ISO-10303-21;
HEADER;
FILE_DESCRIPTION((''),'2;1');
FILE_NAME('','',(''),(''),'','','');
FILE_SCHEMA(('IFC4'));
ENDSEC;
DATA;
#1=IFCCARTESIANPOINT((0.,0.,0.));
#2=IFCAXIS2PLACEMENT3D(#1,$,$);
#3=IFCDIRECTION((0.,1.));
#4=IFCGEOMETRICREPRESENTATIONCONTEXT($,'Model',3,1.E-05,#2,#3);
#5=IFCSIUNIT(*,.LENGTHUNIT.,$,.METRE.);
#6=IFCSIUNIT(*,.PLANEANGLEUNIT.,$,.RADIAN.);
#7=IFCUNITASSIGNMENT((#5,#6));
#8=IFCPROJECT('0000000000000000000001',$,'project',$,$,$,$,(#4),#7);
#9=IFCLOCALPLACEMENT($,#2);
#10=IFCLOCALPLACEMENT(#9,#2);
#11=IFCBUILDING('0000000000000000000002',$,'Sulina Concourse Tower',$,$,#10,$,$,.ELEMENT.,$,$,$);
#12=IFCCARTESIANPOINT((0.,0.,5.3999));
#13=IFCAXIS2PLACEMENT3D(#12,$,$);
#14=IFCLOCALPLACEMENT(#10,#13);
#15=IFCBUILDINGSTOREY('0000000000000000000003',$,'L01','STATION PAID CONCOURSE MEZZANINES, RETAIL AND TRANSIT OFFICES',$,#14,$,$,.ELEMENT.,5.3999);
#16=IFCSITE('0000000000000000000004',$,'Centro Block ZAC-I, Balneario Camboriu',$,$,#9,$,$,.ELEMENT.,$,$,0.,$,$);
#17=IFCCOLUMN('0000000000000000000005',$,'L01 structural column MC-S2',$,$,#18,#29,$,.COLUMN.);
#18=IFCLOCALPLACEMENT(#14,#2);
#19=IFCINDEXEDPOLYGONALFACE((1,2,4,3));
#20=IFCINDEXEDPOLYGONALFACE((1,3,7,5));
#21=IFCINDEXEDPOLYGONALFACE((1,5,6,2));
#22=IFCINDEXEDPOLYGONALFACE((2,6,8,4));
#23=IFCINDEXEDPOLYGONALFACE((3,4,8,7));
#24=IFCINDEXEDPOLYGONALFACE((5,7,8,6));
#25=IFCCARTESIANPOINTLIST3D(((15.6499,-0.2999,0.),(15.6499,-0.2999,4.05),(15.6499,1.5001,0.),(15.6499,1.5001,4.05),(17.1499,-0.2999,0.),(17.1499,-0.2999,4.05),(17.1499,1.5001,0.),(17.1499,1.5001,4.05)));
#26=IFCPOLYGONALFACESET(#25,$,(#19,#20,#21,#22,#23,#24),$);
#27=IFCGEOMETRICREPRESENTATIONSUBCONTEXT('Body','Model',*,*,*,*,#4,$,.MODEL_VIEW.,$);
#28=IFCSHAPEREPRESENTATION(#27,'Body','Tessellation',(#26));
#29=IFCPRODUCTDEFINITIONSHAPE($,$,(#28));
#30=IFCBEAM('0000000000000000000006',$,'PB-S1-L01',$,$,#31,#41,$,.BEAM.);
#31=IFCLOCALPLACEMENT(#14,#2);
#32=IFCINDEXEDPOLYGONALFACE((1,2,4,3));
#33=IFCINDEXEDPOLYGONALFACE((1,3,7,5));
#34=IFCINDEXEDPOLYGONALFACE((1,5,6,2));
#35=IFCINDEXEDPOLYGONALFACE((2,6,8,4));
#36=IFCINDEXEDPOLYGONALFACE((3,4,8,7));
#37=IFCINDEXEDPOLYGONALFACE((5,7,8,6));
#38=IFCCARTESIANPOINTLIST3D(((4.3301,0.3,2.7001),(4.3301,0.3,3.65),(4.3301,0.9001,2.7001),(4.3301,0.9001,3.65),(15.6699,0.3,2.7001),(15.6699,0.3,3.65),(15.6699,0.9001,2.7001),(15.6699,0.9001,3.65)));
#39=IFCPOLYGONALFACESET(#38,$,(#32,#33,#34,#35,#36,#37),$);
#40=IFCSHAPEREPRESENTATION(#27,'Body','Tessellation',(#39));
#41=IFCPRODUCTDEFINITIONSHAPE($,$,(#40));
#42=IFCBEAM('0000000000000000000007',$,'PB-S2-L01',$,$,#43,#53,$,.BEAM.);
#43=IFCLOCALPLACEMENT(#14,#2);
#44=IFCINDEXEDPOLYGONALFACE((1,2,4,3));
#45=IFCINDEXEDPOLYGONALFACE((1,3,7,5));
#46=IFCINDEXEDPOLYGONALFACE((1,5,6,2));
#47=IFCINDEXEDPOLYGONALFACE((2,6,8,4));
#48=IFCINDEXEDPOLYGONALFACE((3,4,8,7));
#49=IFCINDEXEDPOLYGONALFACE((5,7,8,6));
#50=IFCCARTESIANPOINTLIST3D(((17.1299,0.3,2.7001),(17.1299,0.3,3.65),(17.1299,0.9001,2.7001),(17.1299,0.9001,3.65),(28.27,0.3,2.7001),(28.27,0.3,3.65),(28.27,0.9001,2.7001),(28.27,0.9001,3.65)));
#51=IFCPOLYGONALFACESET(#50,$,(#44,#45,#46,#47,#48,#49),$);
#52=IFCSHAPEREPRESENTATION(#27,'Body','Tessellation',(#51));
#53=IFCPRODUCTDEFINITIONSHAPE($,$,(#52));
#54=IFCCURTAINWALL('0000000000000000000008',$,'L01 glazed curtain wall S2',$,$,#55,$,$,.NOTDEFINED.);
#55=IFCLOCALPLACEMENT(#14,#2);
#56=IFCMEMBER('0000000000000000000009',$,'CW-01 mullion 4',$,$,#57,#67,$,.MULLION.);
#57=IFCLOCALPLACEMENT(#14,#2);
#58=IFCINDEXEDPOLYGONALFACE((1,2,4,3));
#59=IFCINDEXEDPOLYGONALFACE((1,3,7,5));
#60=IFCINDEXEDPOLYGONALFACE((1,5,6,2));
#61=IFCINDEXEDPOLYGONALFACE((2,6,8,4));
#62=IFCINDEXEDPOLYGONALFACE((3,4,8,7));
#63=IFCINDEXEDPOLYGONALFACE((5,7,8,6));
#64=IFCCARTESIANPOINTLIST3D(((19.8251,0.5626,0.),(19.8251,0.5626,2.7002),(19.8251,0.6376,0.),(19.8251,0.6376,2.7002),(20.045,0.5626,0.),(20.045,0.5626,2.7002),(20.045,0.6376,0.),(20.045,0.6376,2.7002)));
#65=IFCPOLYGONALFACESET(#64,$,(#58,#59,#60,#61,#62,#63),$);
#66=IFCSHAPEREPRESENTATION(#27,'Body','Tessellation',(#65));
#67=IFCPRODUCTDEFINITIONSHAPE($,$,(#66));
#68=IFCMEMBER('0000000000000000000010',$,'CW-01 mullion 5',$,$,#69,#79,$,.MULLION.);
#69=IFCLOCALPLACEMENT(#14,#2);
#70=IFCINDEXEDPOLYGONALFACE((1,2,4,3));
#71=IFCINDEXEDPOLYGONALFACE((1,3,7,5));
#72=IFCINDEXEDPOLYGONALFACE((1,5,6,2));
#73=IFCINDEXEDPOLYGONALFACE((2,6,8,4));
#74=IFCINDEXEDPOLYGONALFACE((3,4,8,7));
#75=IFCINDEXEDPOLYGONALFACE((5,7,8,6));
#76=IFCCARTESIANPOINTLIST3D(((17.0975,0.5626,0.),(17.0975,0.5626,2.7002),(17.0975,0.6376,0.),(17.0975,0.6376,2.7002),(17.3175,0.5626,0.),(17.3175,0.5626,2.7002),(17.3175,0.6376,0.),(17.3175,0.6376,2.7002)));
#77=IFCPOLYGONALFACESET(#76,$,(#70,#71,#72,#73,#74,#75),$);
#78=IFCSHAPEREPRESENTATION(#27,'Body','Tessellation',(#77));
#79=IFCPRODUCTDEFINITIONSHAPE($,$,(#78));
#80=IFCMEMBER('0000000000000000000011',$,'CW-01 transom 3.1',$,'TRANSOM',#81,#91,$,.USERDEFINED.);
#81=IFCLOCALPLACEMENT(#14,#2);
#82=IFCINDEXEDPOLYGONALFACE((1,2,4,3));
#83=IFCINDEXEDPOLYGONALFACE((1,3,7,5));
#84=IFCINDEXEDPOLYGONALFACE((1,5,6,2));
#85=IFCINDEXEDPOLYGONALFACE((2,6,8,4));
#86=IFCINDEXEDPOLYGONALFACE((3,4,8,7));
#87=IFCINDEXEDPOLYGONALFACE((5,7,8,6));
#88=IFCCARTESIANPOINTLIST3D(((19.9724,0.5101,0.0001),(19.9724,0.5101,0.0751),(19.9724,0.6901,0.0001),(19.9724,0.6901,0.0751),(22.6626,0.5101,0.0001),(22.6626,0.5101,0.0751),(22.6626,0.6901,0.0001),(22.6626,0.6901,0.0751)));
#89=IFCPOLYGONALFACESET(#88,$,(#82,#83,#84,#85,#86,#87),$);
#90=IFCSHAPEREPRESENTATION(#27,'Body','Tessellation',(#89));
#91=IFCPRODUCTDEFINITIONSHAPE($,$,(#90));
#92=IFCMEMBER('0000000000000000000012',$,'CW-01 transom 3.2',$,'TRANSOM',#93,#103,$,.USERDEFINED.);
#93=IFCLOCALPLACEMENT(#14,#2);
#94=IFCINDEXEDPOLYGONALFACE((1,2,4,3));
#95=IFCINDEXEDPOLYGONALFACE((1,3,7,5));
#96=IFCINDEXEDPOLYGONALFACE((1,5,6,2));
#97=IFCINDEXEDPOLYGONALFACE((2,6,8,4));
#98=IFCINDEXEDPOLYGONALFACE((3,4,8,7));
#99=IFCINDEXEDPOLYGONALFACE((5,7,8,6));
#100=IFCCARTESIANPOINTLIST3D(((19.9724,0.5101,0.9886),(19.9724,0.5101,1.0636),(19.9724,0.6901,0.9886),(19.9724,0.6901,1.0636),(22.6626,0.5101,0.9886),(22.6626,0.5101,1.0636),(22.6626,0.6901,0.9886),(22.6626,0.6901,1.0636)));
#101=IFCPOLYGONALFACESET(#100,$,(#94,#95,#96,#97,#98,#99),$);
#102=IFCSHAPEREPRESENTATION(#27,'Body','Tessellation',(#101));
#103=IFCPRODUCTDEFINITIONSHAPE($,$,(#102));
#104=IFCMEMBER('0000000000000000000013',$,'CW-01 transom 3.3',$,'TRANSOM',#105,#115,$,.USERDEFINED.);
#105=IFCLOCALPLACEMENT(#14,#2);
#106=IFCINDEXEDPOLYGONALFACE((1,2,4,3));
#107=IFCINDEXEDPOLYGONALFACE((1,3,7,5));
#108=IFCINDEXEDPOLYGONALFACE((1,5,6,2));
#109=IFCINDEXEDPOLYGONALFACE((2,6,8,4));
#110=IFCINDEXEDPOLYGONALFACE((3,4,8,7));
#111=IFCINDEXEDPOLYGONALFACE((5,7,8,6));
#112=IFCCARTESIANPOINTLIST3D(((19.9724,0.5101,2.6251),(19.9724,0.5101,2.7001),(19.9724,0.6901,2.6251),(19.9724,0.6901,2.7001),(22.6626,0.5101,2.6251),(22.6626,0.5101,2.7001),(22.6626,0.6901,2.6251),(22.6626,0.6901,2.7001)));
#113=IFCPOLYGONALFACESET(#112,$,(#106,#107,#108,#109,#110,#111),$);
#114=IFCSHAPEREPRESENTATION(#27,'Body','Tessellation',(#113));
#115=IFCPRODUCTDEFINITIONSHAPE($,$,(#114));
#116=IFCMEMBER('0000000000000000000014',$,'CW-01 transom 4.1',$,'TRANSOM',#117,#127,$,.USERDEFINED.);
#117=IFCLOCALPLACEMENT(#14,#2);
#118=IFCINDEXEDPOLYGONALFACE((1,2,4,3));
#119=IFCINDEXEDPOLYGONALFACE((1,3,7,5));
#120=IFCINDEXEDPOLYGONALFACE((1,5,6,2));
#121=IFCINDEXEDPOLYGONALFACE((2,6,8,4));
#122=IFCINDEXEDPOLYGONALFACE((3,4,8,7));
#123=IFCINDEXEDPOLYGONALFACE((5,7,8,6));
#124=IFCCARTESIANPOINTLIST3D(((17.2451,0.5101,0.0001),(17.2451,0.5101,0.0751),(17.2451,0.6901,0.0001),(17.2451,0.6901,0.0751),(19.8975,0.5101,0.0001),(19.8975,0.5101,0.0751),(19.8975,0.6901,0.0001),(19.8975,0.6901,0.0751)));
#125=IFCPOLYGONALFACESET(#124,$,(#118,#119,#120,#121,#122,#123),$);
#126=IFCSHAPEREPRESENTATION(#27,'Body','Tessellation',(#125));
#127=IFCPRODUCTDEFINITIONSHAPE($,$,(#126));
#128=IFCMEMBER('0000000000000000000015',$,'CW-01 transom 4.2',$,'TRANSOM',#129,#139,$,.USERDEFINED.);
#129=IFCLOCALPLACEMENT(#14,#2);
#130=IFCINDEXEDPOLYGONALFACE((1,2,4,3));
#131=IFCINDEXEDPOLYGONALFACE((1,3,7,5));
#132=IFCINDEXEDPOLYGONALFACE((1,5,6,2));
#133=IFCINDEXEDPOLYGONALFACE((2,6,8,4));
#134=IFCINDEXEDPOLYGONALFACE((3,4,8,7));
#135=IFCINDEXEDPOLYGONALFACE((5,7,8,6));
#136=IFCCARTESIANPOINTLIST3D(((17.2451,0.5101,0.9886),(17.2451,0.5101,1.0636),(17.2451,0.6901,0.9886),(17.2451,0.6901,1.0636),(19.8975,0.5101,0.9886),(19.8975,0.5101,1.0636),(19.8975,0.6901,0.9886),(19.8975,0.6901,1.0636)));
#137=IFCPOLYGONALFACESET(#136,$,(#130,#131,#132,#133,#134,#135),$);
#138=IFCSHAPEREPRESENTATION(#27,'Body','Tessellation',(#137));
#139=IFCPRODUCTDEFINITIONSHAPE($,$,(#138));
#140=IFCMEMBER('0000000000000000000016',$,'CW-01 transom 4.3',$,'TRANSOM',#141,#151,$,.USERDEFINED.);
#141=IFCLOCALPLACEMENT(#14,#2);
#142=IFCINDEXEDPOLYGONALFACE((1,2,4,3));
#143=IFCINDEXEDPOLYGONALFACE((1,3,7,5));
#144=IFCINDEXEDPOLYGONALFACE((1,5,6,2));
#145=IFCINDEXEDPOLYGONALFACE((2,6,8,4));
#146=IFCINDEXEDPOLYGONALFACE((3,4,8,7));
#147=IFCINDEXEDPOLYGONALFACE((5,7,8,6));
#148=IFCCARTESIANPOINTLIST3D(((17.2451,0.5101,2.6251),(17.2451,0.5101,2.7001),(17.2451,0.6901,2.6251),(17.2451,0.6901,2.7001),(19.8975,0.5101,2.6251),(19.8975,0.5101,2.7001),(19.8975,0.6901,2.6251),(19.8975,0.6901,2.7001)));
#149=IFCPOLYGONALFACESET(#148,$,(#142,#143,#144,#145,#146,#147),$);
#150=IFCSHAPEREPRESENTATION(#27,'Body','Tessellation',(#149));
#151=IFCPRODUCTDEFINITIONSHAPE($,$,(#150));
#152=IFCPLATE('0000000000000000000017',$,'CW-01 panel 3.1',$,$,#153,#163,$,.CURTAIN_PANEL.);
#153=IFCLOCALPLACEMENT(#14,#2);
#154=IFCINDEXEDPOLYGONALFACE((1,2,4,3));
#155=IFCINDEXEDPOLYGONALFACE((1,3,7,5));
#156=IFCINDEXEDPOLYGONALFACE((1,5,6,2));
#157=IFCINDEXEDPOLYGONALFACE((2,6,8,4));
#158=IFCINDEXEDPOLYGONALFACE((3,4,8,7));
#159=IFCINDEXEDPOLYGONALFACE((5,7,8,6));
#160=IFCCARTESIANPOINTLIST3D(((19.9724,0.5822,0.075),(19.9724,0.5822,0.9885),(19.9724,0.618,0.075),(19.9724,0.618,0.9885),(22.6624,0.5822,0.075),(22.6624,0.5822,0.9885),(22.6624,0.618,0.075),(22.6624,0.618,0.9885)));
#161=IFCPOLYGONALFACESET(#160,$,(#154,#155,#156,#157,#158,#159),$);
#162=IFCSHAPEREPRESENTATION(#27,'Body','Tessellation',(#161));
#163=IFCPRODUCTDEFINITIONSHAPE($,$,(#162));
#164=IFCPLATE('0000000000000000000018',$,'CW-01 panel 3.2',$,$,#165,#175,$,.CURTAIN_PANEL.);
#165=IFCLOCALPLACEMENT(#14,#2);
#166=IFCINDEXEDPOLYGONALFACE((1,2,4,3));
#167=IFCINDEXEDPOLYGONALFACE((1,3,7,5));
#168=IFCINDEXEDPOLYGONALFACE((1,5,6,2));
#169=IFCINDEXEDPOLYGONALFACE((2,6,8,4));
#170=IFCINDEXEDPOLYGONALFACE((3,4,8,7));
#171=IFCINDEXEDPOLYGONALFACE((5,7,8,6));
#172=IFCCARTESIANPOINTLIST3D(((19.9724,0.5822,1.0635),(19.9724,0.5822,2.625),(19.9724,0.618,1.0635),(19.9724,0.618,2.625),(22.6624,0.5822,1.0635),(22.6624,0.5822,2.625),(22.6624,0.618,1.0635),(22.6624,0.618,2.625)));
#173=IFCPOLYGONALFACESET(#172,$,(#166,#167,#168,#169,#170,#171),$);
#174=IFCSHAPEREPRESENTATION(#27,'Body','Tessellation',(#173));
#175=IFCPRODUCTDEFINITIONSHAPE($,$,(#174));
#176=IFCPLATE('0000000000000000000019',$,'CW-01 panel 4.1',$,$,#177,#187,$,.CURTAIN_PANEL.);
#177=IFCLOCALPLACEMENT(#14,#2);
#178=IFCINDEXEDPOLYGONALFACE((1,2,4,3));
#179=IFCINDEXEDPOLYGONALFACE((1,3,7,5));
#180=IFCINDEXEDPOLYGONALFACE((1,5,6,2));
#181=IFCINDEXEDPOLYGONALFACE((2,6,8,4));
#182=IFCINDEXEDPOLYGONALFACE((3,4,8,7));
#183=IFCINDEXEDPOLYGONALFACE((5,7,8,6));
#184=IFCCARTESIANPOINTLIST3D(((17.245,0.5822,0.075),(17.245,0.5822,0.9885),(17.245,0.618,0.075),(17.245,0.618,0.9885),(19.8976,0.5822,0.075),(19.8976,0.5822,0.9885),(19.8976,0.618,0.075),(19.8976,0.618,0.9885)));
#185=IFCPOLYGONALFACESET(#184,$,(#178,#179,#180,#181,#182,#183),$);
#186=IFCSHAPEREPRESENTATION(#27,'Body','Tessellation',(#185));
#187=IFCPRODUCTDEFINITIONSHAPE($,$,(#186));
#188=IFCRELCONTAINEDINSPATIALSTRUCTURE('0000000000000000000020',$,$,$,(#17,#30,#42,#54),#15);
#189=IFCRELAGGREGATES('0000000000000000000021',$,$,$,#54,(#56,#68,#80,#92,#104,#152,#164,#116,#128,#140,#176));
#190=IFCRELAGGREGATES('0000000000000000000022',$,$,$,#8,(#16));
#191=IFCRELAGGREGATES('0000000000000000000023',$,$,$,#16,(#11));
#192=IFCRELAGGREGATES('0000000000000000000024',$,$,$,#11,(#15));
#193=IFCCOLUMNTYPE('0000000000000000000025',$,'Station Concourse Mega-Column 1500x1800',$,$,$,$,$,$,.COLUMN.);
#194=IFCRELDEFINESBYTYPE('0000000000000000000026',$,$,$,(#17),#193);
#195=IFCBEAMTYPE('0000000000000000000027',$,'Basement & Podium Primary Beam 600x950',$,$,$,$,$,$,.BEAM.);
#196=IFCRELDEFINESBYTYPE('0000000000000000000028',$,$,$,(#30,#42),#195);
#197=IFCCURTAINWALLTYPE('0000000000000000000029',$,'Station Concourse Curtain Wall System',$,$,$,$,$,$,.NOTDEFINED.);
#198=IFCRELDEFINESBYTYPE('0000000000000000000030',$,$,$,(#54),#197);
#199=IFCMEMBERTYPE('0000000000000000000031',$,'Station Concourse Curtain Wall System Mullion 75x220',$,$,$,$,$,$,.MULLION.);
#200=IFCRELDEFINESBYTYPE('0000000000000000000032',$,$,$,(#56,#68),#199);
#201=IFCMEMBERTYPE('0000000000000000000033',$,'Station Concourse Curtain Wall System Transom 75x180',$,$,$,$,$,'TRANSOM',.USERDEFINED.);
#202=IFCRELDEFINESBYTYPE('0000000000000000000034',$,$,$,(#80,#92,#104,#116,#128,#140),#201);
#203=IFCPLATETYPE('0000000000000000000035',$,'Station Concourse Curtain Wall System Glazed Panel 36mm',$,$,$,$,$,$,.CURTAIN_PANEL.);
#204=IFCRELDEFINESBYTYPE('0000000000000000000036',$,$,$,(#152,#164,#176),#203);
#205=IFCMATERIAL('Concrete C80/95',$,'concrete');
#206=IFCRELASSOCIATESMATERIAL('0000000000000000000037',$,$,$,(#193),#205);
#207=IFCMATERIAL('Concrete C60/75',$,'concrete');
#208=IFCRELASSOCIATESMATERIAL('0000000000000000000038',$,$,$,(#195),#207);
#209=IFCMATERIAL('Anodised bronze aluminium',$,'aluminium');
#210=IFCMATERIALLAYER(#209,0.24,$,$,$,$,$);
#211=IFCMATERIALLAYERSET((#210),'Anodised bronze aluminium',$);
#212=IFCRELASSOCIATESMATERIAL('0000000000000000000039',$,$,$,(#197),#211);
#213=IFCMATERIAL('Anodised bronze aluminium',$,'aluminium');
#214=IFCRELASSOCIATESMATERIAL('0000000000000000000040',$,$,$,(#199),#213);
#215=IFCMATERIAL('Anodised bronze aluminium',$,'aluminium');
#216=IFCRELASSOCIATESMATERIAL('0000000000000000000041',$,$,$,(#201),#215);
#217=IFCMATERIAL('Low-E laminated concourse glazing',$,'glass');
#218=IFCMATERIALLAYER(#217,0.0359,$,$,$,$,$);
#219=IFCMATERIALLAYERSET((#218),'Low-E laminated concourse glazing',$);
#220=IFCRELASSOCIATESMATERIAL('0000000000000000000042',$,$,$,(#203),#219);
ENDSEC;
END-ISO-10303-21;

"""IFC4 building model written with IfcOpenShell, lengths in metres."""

from ifc_helpers import new_model, si_unit, direction, frame, origin, origin_2d, place, context, subcontext, project, spatial, rectangle, extrude, material, layer, layer_set, material_profile, profile_set, type_object, element, aggregate, save


model = new_model("IFC4")

# Units and contexts
model_context = context("Model", 3, precision=1e-05, world=origin(), true_north=direction((0.0, 1.0)))
body_context = subcontext(model_context, "Body", "Model", "MODEL_VIEW")
ifc_project = project(units=[si_unit("LENGTHUNIT", "METRE"), si_unit("PLANEANGLEUNIT", "RADIAN")], contexts=[model_context])

# Site, building, storey
site_placement = place(None, origin())
site = spatial("IfcSite", under=ifc_project, at=site_placement, Name="Centro Block ZAC-I, Balneario Camboriu", CompositionType="ELEMENT", RefElevation=0.0)
building_placement = place(site_placement, origin())
building = spatial("IfcBuilding", under=site, at=building_placement, Name="Sulina Concourse Tower", CompositionType="ELEMENT")
storey_placement = place(building_placement, frame((0.0, 0.0, 5.3999)))
storey = spatial("IfcBuildingStorey", under=building, at=storey_placement, Name="L01", Description="STATION PAID CONCOURSE MEZZANINES, RETAIL AND TRANSIT OFFICES", CompositionType="ELEMENT", Elevation=5.3999)

# Column
ifc_material_1 = material(Name="Concrete C80/95", Category="concrete")
ifc_material_profile_1 = material_profile(ifc_material_1, rectangle(XDim=1.5, YDim=1.8, at=origin_2d()), Name="RC 1500x1800")
ifc_profile_set_1 = profile_set([ifc_material_profile_1], Name="Concrete C80/95")
column_type = type_object("IfcColumnType", Name="Station Concourse Mega-Column 1500x1800", PredefinedType="COLUMN", material=ifc_profile_set_1)
column_placement = place(storey_placement, frame((16.3999, 0.6001, 0.0), z_axis=(0.0, 0.0, 1.0), x_axis=(1.0, 0.0, 0.0)))
element("IfcColumn", 1, at=column_placement, inside=storey, type_object=column_type, Name="L01 structural column MC-S2", PredefinedType="COLUMN", context=body_context, shape_type="SweptSolid", body=[
    extrude(rectangle(XDim=1.5, YDim=1.8, at=origin_2d()), origin(), (0.0, 0.0, 1.0), 4.05),
])

# Beams
ifc_material_2 = material(Name="Concrete C60/75", Category="concrete")
ifc_material_profile_2 = material_profile(ifc_material_2, rectangle(XDim=0.6001, YDim=0.95, at=origin_2d()), Name="RC 600x950")
ifc_profile_set_2 = profile_set([ifc_material_profile_2], Name="Concrete C60/75")
beam_type = type_object("IfcBeamType", Name="Basement & Podium Primary Beam 600x950", PredefinedType="BEAM", material=ifc_profile_set_2)
beam_1_placement = place(storey_placement, frame((4.3301, 0.6001, 3.175), z_axis=(1.0, 0.0, 0.0), x_axis=(0.0, 1.0, 0.0)))
element("IfcBeam", 2, at=beam_1_placement, inside=storey, type_object=beam_type, Name="PB-S1-L01", PredefinedType="BEAM", context=body_context, shape_type="SweptSolid", body=[
    extrude(rectangle(XDim=0.6001, YDim=0.95, at=origin_2d()), origin(), (0.0, 0.0, 1.0), 11.3398),
])
beam_2_placement = place(storey_placement, frame((17.1299, 0.6001, 3.175), z_axis=(1.0, 0.0, 0.0), x_axis=(0.0, 1.0, 0.0)))
element("IfcBeam", 3, at=beam_2_placement, inside=storey, type_object=beam_type, Name="PB-S2-L01", PredefinedType="BEAM", context=body_context, shape_type="SweptSolid", body=[
    extrude(rectangle(XDim=0.6001, YDim=0.95, at=origin_2d()), origin(), (0.0, 0.0, 1.0), 11.1401),
])

# Curtain wall, members, plates
ifc_material_3 = material(Name="Anodised bronze aluminium", Category="aluminium")
ifc_layer_1 = layer(ifc_material_3, 0.24)
ifc_layer_set_1 = layer_set([ifc_layer_1], Name="Anodised bronze aluminium")
curtain_wall_type = type_object("IfcCurtainWallType", Name="Station Concourse Curtain Wall System", PredefinedType="NOTDEFINED", material=ifc_layer_set_1)
curtain_wall_placement = place(storey_placement, origin())
curtain_wall = element("IfcCurtainWall", 4, at=curtain_wall_placement, inside=storey, type_object=curtain_wall_type, Name="L01 glazed curtain wall S2", PredefinedType="NOTDEFINED")
ifc_material_4 = material(Name="Anodised bronze aluminium", Category="aluminium")
ifc_material_profile_3 = material_profile(ifc_material_4, rectangle(XDim=0.075, YDim=0.22, at=origin_2d()), Name="MUL 75x220")
ifc_profile_set_3 = profile_set([ifc_material_profile_3], Name="Anodised bronze aluminium")
member_type_1 = type_object("IfcMemberType", Name="Station Concourse Curtain Wall System Mullion 75x220", PredefinedType="MULLION", material=ifc_profile_set_3)
member_1_placement = place(storey_placement, frame((19.9351, 0.6001, 0.0), z_axis=(0.0, 0.0, 1.0), x_axis=(0.0, -1.0, 0.0)))
member_1 = element("IfcMember", 5, at=member_1_placement, type_object=member_type_1, Name="CW-01 mullion 4", PredefinedType="MULLION", context=body_context, shape_type="SweptSolid", body=[
    extrude(rectangle(XDim=0.075, YDim=0.22, at=origin_2d()), origin(), (0.0, 0.0, 1.0), 2.7002),
])
member_2_placement = place(storey_placement, frame((17.2075, 0.6001, 0.0), z_axis=(0.0, 0.0, 1.0), x_axis=(0.0, -1.0, 0.0)))
member_2 = element("IfcMember", 6, at=member_2_placement, type_object=member_type_1, Name="CW-01 mullion 5", PredefinedType="MULLION", context=body_context, shape_type="SweptSolid", body=[
    extrude(rectangle(XDim=0.075, YDim=0.22, at=origin_2d()), origin(), (0.0, 0.0, 1.0), 2.7002),
])
ifc_material_5 = material(Name="Anodised bronze aluminium", Category="aluminium")
ifc_material_profile_4 = material_profile(ifc_material_5, rectangle(XDim=0.1799, YDim=0.075, at=origin_2d()), Name="TRN 75x180")
ifc_profile_set_4 = profile_set([ifc_material_profile_4], Name="Anodised bronze aluminium")
member_type_2 = type_object("IfcMemberType", Name="Station Concourse Curtain Wall System Transom 75x180", ElementType="TRANSOM", PredefinedType="USERDEFINED", material=ifc_profile_set_4)
member_3_placement = place(storey_placement, frame((22.6626, 0.6001, 0.0376), z_axis=(-1.0, 0.0, 0.0), x_axis=(0.0, -1.0, 0.0)))
member_3 = element("IfcMember", 7, at=member_3_placement, type_object=member_type_2, Name="CW-01 transom 3.1", ObjectType="TRANSOM", PredefinedType="USERDEFINED", context=body_context, shape_type="SweptSolid", body=[
    extrude(rectangle(XDim=0.1799, YDim=0.075, at=origin_2d()), origin(), (0.0, 0.0, 1.0), 2.6902),
])
member_4_placement = place(storey_placement, frame((22.6626, 0.6001, 1.0261), z_axis=(-1.0, 0.0, 0.0), x_axis=(0.0, -1.0, 0.0)))
member_4 = element("IfcMember", 8, at=member_4_placement, type_object=member_type_2, Name="CW-01 transom 3.2", ObjectType="TRANSOM", PredefinedType="USERDEFINED", context=body_context, shape_type="SweptSolid", body=[
    extrude(rectangle(XDim=0.1799, YDim=0.075, at=origin_2d()), origin(), (0.0, 0.0, 1.0), 2.6902),
])
member_5_placement = place(storey_placement, frame((22.6626, 0.6001, 2.6626), z_axis=(-1.0, 0.0, 0.0), x_axis=(0.0, -1.0, 0.0)))
member_5 = element("IfcMember", 9, at=member_5_placement, type_object=member_type_2, Name="CW-01 transom 3.3", ObjectType="TRANSOM", PredefinedType="USERDEFINED", context=body_context, shape_type="SweptSolid", body=[
    extrude(rectangle(XDim=0.1799, YDim=0.075, at=origin_2d()), origin(), (0.0, 0.0, 1.0), 2.6902),
])
member_6_placement = place(storey_placement, frame((19.8975, 0.6001, 0.0376), z_axis=(-1.0, 0.0, 0.0), x_axis=(0.0, -1.0, 0.0)))
member_6 = element("IfcMember", 10, at=member_6_placement, type_object=member_type_2, Name="CW-01 transom 4.1", ObjectType="TRANSOM", PredefinedType="USERDEFINED", context=body_context, shape_type="SweptSolid", body=[
    extrude(rectangle(XDim=0.1799, YDim=0.075, at=origin_2d()), origin(), (0.0, 0.0, 1.0), 2.6523),
])
member_7_placement = place(storey_placement, frame((19.8975, 0.6001, 1.0261), z_axis=(-1.0, 0.0, 0.0), x_axis=(0.0, -1.0, 0.0)))
member_7 = element("IfcMember", 11, at=member_7_placement, type_object=member_type_2, Name="CW-01 transom 4.2", ObjectType="TRANSOM", PredefinedType="USERDEFINED", context=body_context, shape_type="SweptSolid", body=[
    extrude(rectangle(XDim=0.1799, YDim=0.075, at=origin_2d()), origin(), (0.0, 0.0, 1.0), 2.6523),
])
member_8_placement = place(storey_placement, frame((19.8975, 0.6001, 2.6626), z_axis=(-1.0, 0.0, 0.0), x_axis=(0.0, -1.0, 0.0)))
member_8 = element("IfcMember", 12, at=member_8_placement, type_object=member_type_2, Name="CW-01 transom 4.3", ObjectType="TRANSOM", PredefinedType="USERDEFINED", context=body_context, shape_type="SweptSolid", body=[
    extrude(rectangle(XDim=0.1799, YDim=0.075, at=origin_2d()), origin(), (0.0, 0.0, 1.0), 2.6523),
])
ifc_material_6 = material(Name="Low-E laminated concourse glazing", Category="glass")
ifc_layer_2 = layer(ifc_material_6, 0.0359)
ifc_layer_set_2 = layer_set([ifc_layer_2], Name="Low-E laminated concourse glazing")
plate_type = type_object("IfcPlateType", Name="Station Concourse Curtain Wall System Glazed Panel 36mm", PredefinedType="CURTAIN_PANEL", material=ifc_layer_set_2)
plate_1_placement = place(storey_placement, frame((21.3174, 0.6001, 0.075), z_axis=(0.0, 0.0, 1.0), x_axis=(-1.0, 0.0, 0.0)))
plate_1 = element("IfcPlate", 13, at=plate_1_placement, type_object=plate_type, Name="CW-01 panel 3.1", PredefinedType="CURTAIN_PANEL", context=body_context, shape_type="SweptSolid", body=[
    extrude(rectangle(XDim=2.6899, YDim=0.0359, at=origin_2d()), origin(), (0.0, 0.0, 1.0), 0.9136),
])
plate_2_placement = place(storey_placement, frame((21.3174, 0.6001, 1.0635), z_axis=(0.0, 0.0, 1.0), x_axis=(-1.0, 0.0, 0.0)))
plate_2 = element("IfcPlate", 14, at=plate_2_placement, type_object=plate_type, Name="CW-01 panel 3.2", PredefinedType="CURTAIN_PANEL", context=body_context, shape_type="SweptSolid", body=[
    extrude(rectangle(XDim=2.6899, YDim=0.0359, at=origin_2d()), origin(), (0.0, 0.0, 1.0), 1.5615),
])
plate_3_placement = place(storey_placement, frame((18.5713, 0.6001, 0.075), z_axis=(0.0, 0.0, 1.0), x_axis=(-1.0, 0.0, 0.0)))
plate_3 = element("IfcPlate", 15, at=plate_3_placement, type_object=plate_type, Name="CW-01 panel 4.1", PredefinedType="CURTAIN_PANEL", context=body_context, shape_type="SweptSolid", body=[
    extrude(rectangle(XDim=2.6526, YDim=0.0359, at=origin_2d()), origin(), (0.0, 0.0, 1.0), 0.9136),
])
aggregate(curtain_wall, [member_1, member_2, member_3, member_4, member_5, plate_1, plate_2, member_6, member_7, member_8, plate_3])

save(model, "model.ifc")
